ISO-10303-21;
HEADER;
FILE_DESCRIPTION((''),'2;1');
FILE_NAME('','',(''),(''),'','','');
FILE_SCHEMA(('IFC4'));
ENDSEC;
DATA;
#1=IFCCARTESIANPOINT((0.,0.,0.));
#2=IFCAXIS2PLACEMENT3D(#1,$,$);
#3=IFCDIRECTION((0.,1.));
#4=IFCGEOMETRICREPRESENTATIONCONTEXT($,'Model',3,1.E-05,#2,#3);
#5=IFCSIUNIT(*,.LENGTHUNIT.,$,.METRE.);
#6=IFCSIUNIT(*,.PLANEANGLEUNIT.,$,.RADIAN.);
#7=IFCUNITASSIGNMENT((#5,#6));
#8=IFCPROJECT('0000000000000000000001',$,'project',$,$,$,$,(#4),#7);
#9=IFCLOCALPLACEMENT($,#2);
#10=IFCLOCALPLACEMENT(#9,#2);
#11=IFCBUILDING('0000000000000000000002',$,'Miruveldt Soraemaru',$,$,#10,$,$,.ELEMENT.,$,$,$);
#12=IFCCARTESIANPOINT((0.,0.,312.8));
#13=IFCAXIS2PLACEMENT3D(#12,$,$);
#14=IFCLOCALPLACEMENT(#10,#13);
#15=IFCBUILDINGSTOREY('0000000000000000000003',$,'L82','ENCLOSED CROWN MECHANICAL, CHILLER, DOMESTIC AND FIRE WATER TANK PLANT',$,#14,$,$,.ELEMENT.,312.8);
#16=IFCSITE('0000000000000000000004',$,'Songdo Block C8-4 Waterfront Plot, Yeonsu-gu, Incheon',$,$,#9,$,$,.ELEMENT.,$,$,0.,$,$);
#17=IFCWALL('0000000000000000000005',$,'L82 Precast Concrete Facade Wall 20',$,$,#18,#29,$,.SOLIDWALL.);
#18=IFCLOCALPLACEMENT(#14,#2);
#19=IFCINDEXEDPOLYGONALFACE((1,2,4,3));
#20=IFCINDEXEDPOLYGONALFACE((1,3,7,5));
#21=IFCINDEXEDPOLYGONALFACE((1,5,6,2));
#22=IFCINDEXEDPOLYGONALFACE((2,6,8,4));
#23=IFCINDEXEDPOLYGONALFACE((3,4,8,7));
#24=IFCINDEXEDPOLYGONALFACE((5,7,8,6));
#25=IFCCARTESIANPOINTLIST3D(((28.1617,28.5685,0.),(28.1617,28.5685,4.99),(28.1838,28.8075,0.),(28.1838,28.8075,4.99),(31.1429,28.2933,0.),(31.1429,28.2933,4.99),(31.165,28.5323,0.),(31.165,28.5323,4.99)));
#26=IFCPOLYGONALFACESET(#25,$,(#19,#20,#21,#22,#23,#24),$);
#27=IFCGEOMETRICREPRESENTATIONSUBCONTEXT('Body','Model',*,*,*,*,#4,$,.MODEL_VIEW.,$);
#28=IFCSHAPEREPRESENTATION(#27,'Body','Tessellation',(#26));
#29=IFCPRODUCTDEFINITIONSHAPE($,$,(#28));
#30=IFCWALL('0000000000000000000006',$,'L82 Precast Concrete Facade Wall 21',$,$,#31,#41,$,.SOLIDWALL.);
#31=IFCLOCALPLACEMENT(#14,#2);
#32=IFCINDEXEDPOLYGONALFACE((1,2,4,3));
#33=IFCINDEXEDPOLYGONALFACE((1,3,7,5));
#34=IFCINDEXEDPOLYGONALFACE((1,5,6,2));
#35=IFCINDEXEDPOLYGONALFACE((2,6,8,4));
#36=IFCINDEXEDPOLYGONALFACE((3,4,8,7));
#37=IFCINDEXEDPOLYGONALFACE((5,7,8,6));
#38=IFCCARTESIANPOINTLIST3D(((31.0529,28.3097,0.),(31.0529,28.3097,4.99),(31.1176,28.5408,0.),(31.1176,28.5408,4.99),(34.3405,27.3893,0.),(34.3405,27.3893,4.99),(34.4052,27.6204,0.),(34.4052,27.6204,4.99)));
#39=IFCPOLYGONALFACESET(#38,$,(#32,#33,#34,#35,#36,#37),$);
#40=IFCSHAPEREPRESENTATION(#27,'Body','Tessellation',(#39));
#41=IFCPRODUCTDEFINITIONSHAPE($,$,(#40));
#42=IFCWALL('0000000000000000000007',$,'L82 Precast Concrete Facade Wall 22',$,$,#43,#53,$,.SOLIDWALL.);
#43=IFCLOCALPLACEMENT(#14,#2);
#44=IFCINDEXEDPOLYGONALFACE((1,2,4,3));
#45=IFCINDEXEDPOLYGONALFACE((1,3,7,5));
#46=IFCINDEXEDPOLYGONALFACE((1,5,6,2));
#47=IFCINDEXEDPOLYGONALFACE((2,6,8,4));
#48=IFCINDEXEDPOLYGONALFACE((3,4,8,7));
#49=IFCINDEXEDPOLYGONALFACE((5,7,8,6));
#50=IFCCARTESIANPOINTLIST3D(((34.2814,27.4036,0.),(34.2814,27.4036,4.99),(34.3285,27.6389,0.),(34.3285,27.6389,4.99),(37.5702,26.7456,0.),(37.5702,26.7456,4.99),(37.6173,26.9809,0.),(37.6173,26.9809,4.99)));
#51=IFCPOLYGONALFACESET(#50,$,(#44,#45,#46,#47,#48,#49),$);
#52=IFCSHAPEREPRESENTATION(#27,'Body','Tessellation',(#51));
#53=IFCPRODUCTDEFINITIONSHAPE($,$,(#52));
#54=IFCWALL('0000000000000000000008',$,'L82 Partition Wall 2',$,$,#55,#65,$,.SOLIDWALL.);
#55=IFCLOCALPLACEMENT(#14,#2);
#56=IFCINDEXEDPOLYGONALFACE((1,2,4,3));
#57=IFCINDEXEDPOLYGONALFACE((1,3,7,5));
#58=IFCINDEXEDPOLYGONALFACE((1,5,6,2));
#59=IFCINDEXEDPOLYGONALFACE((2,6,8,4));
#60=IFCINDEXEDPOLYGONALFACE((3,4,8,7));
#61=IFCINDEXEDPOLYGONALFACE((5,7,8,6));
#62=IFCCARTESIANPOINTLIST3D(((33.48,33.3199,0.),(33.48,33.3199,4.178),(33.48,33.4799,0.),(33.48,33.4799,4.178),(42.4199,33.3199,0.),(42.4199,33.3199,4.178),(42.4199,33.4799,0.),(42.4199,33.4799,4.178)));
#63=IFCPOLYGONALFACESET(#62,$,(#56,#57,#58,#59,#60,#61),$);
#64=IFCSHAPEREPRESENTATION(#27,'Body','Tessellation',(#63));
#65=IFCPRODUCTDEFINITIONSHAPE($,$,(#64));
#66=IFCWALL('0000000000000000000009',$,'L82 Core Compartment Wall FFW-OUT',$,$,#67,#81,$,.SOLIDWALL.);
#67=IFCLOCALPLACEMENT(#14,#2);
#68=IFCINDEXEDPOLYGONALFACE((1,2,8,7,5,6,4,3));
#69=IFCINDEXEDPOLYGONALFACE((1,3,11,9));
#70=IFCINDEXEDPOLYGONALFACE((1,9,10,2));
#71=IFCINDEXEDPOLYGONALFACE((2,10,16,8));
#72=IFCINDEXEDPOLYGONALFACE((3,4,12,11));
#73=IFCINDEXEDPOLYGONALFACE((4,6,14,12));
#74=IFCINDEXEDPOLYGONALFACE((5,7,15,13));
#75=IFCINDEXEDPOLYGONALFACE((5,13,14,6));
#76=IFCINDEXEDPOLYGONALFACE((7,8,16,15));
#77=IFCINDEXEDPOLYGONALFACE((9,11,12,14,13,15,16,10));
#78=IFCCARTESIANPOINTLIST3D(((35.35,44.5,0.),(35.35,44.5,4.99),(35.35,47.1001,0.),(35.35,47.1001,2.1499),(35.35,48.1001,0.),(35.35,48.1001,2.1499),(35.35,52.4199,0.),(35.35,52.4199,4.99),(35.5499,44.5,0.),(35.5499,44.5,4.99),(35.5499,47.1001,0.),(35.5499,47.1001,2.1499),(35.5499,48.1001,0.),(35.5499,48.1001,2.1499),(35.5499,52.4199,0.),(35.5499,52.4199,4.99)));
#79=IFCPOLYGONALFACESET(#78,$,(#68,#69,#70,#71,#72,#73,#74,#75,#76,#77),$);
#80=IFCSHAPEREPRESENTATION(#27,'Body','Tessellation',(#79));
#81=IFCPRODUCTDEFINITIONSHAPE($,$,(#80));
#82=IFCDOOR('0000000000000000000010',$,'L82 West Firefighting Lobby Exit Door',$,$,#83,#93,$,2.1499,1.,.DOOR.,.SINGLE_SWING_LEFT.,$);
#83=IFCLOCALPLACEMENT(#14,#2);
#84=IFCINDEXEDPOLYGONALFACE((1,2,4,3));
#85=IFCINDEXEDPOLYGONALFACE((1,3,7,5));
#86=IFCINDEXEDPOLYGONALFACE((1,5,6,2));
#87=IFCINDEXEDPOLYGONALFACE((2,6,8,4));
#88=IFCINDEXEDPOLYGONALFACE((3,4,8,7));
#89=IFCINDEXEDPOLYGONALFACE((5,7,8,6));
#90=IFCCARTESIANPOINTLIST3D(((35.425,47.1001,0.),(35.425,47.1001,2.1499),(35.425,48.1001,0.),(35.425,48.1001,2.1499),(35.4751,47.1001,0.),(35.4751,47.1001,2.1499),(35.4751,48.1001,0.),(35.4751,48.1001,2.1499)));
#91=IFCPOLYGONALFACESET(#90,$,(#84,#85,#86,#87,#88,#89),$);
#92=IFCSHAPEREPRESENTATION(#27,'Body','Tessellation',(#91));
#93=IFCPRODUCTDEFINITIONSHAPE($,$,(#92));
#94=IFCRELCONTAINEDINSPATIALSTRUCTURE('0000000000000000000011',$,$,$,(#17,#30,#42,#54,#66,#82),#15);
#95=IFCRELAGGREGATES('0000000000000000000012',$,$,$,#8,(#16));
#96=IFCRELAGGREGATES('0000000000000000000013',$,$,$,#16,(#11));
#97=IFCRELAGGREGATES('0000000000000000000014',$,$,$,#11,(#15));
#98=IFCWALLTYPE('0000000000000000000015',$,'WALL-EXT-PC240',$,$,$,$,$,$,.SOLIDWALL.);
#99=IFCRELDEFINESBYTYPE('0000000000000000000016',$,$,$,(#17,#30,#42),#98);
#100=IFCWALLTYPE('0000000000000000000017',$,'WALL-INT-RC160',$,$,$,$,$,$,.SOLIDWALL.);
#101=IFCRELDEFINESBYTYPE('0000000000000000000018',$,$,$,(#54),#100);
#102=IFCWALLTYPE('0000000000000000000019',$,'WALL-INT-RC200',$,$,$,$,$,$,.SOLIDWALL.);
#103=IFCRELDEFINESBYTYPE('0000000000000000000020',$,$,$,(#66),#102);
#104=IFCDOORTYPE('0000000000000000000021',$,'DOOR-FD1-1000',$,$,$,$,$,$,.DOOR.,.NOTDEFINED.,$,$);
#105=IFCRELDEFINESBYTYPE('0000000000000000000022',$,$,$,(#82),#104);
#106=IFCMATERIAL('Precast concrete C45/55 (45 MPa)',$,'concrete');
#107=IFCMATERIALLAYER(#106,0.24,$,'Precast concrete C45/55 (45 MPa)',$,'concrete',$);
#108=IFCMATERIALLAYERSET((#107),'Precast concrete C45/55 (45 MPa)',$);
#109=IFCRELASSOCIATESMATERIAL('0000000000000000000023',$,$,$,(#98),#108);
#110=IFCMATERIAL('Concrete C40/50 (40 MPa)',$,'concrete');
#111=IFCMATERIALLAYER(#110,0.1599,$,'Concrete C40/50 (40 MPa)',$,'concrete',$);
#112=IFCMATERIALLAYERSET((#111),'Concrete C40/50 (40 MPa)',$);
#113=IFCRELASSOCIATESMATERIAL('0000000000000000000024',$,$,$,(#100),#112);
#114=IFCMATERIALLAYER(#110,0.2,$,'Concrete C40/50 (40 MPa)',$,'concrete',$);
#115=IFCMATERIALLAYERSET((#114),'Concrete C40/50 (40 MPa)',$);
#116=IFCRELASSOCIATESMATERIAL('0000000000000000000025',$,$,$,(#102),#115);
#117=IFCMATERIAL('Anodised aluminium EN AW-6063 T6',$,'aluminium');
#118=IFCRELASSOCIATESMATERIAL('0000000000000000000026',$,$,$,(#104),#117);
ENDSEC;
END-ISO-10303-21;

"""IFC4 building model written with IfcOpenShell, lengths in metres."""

from ifc_helpers import new_model, si_unit, direction, frame, frame_2d, origin, place, context, subcontext, project, spatial, rectangle, extrude, material, layer, layer_set, type_object, element, fill, save


model = new_model("IFC4")

# Units and contexts
model_context = context("Model", 3, precision=1e-05, world=origin(), true_north=direction((0.0, 1.0)))
body_context = subcontext(model_context, "Body", "Model", "MODEL_VIEW")
ifc_project = project(units=[si_unit("LENGTHUNIT", "METRE"), si_unit("PLANEANGLEUNIT", "RADIAN")], contexts=[model_context])

# Site, building, storey
site_placement = place(None, origin())
site = spatial("IfcSite", under=ifc_project, at=site_placement, Name="Songdo Block C8-4 Waterfront Plot, Yeonsu-gu, Incheon", CompositionType="ELEMENT", RefElevation=0.0)
building_placement = place(site_placement, origin())
building = spatial("IfcBuilding", under=site, at=building_placement, Name="Miruveldt Soraemaru", CompositionType="ELEMENT")
storey_placement = place(building_placement, frame((0.0, 0.0, 312.8)))
storey = spatial("IfcBuildingStorey", under=building, at=storey_placement, Name="L82", Description="ENCLOSED CROWN MECHANICAL, CHILLER, DOMESTIC AND FIRE WATER TANK PLANT", CompositionType="ELEMENT", Elevation=312.8)

# Shared definitions
ifc_material_1 = material(Name="Concrete C40/50 (40 MPa)", Category="concrete")

# Walls
ifc_material_2 = material(Name="Precast concrete C45/55 (45 MPa)", Category="concrete")
ifc_layer_1 = layer(ifc_material_2, 0.24, Name="Precast concrete C45/55 (45 MPa)", Category="concrete")
ifc_layer_set_1 = layer_set([ifc_layer_1], Name="Precast concrete C45/55 (45 MPa)")
wall_type_1 = type_object("IfcWallType", Name="WALL-EXT-PC240", PredefinedType="SOLIDWALL", material=ifc_layer_set_1)
wall_1_placement = place(storey_placement, frame((28.1726, 28.688, 0.0), z_axis=(0.0, 0.0, 1.0), x_axis=(0.995768, -0.091903, 0.0)))
element("IfcWall", 1, at=wall_1_placement, inside=storey, type_object=wall_type_1, Name="L82 Precast Concrete Facade Wall 20", PredefinedType="SOLIDWALL", context=body_context, shape_type="SweptSolid", body=[
    extrude(rectangle(XDim=2.9939, YDim=0.24, at=frame_2d((1.4971, 0.0))), origin(), (0.0, 0.0, 1.0), 4.99),
])
wall_2_placement = place(storey_placement, frame((31.0852, 28.4253, 0.0), z_axis=(0.0, 0.0, 1.0), x_axis=(0.962973, -0.269598, 0.0)))
element("IfcWall", 2, at=wall_2_placement, inside=storey, type_object=wall_type_1, Name="L82 Precast Concrete Facade Wall 21", PredefinedType="SOLIDWALL", context=body_context, shape_type="SweptSolid", body=[
    extrude(rectangle(XDim=3.4141, YDim=0.24, at=frame_2d((1.707, 0.0))), origin(), (0.0, 0.0, 1.0), 4.99),
])
wall_3_placement = place(storey_placement, frame((34.3049, 27.5212, 0.0), z_axis=(0.0, 0.0, 1.0), x_axis=(0.980569, -0.196172, 0.0)))
element("IfcWall", 3, at=wall_3_placement, inside=storey, type_object=wall_type_1, Name="L82 Precast Concrete Facade Wall 22", PredefinedType="SOLIDWALL", context=body_context, shape_type="SweptSolid", body=[
    extrude(rectangle(XDim=3.354, YDim=0.24, at=frame_2d((1.677, 0.0))), origin(), (0.0, 0.0, 1.0), 4.99),
])
ifc_layer_2 = layer(ifc_material_1, 0.1599, Name="Concrete C40/50 (40 MPa)", Category="concrete")
ifc_layer_set_2 = layer_set([ifc_layer_2], Name="Concrete C40/50 (40 MPa)")
wall_type_2 = type_object("IfcWallType", Name="WALL-INT-RC160", PredefinedType="SOLIDWALL", material=ifc_layer_set_2)
wall_4_placement = place(storey_placement, frame((33.48, 33.3999, 0.0), z_axis=(0.0, 0.0, 1.0), x_axis=(1.0, 0.0, 0.0)))
element("IfcWall", 4, at=wall_4_placement, inside=storey, type_object=wall_type_2, Name="L82 Partition Wall 2", PredefinedType="SOLIDWALL", context=body_context, shape_type="SweptSolid", body=[
    extrude(rectangle(XDim=8.9399, YDim=0.1599, at=frame_2d((4.47, 0.0))), origin(), (0.0, 0.0, 1.0), 4.178),
])

# Wall, opening, door
ifc_layer_3 = layer(ifc_material_1, 0.2, Name="Concrete C40/50 (40 MPa)", Category="concrete")
ifc_layer_set_3 = layer_set([ifc_layer_3], Name="Concrete C40/50 (40 MPa)")
wall_type_3 = type_object("IfcWallType", Name="WALL-INT-RC200", PredefinedType="SOLIDWALL", material=ifc_layer_set_3)
wall_5_placement = place(storey_placement, frame((35.45, 44.5, 0.0), z_axis=(0.0, 0.0, 1.0), x_axis=(0.0, 1.0, 0.0)))
wall_5 = element("IfcWall", 5, at=wall_5_placement, inside=storey, type_object=wall_type_3, Name="L82 Core Compartment Wall FFW-OUT", PredefinedType="SOLIDWALL", context=body_context, shape_type="SweptSolid", body=[
    extrude(rectangle(XDim=7.9199, YDim=0.2, at=frame_2d((3.96, 0.0))), origin(), (0.0, 0.0, 1.0), 4.99),
])
opening_placement = place(wall_5_placement, frame((2.6001, 0.0, 0.0)))
opening = element("IfcOpeningElement", 6, at=opening_placement, cuts=wall_5, PredefinedType="OPENING", context=body_context, shape_type="SweptSolid", body=[
    extrude(rectangle(XDim=1.0, YDim=2.1499, at=frame_2d((0.5, 1.075))), frame((0.0, 0.1099, 0.0), z_axis=(0.0, -1.0, 0.0), x_axis=(1.0, 0.0, 0.0)), (0.0, 0.0, 1.0), 0.22),
])
ifc_material_3 = material(Name="Anodised aluminium EN AW-6063 T6", Category="aluminium")
door_type = type_object("IfcDoorType", Name="DOOR-FD1-1000", OperationType="NOTDEFINED", PredefinedType="DOOR", material=ifc_material_3)
door_placement = place(opening_placement, origin())
door = element("IfcDoor", 7, at=door_placement, inside=storey, type_object=door_type, Name="L82 West Firefighting Lobby Exit Door", OperationType="SINGLE_SWING_LEFT", OverallHeight=2.1499, OverallWidth=1.0, PredefinedType="DOOR", context=body_context, shape_type="SweptSolid", body=[
    extrude(rectangle(XDim=1.0, YDim=2.1499, at=frame_2d((0.5, 1.075))), frame((0.0, 0.0249, 0.0), z_axis=(0.0, -1.0, 0.0), x_axis=(1.0, 0.0, 0.0)), (0.0, 0.0, 1.0), 0.05),
])
fill(opening, door)

save(model, "model.ifc")
